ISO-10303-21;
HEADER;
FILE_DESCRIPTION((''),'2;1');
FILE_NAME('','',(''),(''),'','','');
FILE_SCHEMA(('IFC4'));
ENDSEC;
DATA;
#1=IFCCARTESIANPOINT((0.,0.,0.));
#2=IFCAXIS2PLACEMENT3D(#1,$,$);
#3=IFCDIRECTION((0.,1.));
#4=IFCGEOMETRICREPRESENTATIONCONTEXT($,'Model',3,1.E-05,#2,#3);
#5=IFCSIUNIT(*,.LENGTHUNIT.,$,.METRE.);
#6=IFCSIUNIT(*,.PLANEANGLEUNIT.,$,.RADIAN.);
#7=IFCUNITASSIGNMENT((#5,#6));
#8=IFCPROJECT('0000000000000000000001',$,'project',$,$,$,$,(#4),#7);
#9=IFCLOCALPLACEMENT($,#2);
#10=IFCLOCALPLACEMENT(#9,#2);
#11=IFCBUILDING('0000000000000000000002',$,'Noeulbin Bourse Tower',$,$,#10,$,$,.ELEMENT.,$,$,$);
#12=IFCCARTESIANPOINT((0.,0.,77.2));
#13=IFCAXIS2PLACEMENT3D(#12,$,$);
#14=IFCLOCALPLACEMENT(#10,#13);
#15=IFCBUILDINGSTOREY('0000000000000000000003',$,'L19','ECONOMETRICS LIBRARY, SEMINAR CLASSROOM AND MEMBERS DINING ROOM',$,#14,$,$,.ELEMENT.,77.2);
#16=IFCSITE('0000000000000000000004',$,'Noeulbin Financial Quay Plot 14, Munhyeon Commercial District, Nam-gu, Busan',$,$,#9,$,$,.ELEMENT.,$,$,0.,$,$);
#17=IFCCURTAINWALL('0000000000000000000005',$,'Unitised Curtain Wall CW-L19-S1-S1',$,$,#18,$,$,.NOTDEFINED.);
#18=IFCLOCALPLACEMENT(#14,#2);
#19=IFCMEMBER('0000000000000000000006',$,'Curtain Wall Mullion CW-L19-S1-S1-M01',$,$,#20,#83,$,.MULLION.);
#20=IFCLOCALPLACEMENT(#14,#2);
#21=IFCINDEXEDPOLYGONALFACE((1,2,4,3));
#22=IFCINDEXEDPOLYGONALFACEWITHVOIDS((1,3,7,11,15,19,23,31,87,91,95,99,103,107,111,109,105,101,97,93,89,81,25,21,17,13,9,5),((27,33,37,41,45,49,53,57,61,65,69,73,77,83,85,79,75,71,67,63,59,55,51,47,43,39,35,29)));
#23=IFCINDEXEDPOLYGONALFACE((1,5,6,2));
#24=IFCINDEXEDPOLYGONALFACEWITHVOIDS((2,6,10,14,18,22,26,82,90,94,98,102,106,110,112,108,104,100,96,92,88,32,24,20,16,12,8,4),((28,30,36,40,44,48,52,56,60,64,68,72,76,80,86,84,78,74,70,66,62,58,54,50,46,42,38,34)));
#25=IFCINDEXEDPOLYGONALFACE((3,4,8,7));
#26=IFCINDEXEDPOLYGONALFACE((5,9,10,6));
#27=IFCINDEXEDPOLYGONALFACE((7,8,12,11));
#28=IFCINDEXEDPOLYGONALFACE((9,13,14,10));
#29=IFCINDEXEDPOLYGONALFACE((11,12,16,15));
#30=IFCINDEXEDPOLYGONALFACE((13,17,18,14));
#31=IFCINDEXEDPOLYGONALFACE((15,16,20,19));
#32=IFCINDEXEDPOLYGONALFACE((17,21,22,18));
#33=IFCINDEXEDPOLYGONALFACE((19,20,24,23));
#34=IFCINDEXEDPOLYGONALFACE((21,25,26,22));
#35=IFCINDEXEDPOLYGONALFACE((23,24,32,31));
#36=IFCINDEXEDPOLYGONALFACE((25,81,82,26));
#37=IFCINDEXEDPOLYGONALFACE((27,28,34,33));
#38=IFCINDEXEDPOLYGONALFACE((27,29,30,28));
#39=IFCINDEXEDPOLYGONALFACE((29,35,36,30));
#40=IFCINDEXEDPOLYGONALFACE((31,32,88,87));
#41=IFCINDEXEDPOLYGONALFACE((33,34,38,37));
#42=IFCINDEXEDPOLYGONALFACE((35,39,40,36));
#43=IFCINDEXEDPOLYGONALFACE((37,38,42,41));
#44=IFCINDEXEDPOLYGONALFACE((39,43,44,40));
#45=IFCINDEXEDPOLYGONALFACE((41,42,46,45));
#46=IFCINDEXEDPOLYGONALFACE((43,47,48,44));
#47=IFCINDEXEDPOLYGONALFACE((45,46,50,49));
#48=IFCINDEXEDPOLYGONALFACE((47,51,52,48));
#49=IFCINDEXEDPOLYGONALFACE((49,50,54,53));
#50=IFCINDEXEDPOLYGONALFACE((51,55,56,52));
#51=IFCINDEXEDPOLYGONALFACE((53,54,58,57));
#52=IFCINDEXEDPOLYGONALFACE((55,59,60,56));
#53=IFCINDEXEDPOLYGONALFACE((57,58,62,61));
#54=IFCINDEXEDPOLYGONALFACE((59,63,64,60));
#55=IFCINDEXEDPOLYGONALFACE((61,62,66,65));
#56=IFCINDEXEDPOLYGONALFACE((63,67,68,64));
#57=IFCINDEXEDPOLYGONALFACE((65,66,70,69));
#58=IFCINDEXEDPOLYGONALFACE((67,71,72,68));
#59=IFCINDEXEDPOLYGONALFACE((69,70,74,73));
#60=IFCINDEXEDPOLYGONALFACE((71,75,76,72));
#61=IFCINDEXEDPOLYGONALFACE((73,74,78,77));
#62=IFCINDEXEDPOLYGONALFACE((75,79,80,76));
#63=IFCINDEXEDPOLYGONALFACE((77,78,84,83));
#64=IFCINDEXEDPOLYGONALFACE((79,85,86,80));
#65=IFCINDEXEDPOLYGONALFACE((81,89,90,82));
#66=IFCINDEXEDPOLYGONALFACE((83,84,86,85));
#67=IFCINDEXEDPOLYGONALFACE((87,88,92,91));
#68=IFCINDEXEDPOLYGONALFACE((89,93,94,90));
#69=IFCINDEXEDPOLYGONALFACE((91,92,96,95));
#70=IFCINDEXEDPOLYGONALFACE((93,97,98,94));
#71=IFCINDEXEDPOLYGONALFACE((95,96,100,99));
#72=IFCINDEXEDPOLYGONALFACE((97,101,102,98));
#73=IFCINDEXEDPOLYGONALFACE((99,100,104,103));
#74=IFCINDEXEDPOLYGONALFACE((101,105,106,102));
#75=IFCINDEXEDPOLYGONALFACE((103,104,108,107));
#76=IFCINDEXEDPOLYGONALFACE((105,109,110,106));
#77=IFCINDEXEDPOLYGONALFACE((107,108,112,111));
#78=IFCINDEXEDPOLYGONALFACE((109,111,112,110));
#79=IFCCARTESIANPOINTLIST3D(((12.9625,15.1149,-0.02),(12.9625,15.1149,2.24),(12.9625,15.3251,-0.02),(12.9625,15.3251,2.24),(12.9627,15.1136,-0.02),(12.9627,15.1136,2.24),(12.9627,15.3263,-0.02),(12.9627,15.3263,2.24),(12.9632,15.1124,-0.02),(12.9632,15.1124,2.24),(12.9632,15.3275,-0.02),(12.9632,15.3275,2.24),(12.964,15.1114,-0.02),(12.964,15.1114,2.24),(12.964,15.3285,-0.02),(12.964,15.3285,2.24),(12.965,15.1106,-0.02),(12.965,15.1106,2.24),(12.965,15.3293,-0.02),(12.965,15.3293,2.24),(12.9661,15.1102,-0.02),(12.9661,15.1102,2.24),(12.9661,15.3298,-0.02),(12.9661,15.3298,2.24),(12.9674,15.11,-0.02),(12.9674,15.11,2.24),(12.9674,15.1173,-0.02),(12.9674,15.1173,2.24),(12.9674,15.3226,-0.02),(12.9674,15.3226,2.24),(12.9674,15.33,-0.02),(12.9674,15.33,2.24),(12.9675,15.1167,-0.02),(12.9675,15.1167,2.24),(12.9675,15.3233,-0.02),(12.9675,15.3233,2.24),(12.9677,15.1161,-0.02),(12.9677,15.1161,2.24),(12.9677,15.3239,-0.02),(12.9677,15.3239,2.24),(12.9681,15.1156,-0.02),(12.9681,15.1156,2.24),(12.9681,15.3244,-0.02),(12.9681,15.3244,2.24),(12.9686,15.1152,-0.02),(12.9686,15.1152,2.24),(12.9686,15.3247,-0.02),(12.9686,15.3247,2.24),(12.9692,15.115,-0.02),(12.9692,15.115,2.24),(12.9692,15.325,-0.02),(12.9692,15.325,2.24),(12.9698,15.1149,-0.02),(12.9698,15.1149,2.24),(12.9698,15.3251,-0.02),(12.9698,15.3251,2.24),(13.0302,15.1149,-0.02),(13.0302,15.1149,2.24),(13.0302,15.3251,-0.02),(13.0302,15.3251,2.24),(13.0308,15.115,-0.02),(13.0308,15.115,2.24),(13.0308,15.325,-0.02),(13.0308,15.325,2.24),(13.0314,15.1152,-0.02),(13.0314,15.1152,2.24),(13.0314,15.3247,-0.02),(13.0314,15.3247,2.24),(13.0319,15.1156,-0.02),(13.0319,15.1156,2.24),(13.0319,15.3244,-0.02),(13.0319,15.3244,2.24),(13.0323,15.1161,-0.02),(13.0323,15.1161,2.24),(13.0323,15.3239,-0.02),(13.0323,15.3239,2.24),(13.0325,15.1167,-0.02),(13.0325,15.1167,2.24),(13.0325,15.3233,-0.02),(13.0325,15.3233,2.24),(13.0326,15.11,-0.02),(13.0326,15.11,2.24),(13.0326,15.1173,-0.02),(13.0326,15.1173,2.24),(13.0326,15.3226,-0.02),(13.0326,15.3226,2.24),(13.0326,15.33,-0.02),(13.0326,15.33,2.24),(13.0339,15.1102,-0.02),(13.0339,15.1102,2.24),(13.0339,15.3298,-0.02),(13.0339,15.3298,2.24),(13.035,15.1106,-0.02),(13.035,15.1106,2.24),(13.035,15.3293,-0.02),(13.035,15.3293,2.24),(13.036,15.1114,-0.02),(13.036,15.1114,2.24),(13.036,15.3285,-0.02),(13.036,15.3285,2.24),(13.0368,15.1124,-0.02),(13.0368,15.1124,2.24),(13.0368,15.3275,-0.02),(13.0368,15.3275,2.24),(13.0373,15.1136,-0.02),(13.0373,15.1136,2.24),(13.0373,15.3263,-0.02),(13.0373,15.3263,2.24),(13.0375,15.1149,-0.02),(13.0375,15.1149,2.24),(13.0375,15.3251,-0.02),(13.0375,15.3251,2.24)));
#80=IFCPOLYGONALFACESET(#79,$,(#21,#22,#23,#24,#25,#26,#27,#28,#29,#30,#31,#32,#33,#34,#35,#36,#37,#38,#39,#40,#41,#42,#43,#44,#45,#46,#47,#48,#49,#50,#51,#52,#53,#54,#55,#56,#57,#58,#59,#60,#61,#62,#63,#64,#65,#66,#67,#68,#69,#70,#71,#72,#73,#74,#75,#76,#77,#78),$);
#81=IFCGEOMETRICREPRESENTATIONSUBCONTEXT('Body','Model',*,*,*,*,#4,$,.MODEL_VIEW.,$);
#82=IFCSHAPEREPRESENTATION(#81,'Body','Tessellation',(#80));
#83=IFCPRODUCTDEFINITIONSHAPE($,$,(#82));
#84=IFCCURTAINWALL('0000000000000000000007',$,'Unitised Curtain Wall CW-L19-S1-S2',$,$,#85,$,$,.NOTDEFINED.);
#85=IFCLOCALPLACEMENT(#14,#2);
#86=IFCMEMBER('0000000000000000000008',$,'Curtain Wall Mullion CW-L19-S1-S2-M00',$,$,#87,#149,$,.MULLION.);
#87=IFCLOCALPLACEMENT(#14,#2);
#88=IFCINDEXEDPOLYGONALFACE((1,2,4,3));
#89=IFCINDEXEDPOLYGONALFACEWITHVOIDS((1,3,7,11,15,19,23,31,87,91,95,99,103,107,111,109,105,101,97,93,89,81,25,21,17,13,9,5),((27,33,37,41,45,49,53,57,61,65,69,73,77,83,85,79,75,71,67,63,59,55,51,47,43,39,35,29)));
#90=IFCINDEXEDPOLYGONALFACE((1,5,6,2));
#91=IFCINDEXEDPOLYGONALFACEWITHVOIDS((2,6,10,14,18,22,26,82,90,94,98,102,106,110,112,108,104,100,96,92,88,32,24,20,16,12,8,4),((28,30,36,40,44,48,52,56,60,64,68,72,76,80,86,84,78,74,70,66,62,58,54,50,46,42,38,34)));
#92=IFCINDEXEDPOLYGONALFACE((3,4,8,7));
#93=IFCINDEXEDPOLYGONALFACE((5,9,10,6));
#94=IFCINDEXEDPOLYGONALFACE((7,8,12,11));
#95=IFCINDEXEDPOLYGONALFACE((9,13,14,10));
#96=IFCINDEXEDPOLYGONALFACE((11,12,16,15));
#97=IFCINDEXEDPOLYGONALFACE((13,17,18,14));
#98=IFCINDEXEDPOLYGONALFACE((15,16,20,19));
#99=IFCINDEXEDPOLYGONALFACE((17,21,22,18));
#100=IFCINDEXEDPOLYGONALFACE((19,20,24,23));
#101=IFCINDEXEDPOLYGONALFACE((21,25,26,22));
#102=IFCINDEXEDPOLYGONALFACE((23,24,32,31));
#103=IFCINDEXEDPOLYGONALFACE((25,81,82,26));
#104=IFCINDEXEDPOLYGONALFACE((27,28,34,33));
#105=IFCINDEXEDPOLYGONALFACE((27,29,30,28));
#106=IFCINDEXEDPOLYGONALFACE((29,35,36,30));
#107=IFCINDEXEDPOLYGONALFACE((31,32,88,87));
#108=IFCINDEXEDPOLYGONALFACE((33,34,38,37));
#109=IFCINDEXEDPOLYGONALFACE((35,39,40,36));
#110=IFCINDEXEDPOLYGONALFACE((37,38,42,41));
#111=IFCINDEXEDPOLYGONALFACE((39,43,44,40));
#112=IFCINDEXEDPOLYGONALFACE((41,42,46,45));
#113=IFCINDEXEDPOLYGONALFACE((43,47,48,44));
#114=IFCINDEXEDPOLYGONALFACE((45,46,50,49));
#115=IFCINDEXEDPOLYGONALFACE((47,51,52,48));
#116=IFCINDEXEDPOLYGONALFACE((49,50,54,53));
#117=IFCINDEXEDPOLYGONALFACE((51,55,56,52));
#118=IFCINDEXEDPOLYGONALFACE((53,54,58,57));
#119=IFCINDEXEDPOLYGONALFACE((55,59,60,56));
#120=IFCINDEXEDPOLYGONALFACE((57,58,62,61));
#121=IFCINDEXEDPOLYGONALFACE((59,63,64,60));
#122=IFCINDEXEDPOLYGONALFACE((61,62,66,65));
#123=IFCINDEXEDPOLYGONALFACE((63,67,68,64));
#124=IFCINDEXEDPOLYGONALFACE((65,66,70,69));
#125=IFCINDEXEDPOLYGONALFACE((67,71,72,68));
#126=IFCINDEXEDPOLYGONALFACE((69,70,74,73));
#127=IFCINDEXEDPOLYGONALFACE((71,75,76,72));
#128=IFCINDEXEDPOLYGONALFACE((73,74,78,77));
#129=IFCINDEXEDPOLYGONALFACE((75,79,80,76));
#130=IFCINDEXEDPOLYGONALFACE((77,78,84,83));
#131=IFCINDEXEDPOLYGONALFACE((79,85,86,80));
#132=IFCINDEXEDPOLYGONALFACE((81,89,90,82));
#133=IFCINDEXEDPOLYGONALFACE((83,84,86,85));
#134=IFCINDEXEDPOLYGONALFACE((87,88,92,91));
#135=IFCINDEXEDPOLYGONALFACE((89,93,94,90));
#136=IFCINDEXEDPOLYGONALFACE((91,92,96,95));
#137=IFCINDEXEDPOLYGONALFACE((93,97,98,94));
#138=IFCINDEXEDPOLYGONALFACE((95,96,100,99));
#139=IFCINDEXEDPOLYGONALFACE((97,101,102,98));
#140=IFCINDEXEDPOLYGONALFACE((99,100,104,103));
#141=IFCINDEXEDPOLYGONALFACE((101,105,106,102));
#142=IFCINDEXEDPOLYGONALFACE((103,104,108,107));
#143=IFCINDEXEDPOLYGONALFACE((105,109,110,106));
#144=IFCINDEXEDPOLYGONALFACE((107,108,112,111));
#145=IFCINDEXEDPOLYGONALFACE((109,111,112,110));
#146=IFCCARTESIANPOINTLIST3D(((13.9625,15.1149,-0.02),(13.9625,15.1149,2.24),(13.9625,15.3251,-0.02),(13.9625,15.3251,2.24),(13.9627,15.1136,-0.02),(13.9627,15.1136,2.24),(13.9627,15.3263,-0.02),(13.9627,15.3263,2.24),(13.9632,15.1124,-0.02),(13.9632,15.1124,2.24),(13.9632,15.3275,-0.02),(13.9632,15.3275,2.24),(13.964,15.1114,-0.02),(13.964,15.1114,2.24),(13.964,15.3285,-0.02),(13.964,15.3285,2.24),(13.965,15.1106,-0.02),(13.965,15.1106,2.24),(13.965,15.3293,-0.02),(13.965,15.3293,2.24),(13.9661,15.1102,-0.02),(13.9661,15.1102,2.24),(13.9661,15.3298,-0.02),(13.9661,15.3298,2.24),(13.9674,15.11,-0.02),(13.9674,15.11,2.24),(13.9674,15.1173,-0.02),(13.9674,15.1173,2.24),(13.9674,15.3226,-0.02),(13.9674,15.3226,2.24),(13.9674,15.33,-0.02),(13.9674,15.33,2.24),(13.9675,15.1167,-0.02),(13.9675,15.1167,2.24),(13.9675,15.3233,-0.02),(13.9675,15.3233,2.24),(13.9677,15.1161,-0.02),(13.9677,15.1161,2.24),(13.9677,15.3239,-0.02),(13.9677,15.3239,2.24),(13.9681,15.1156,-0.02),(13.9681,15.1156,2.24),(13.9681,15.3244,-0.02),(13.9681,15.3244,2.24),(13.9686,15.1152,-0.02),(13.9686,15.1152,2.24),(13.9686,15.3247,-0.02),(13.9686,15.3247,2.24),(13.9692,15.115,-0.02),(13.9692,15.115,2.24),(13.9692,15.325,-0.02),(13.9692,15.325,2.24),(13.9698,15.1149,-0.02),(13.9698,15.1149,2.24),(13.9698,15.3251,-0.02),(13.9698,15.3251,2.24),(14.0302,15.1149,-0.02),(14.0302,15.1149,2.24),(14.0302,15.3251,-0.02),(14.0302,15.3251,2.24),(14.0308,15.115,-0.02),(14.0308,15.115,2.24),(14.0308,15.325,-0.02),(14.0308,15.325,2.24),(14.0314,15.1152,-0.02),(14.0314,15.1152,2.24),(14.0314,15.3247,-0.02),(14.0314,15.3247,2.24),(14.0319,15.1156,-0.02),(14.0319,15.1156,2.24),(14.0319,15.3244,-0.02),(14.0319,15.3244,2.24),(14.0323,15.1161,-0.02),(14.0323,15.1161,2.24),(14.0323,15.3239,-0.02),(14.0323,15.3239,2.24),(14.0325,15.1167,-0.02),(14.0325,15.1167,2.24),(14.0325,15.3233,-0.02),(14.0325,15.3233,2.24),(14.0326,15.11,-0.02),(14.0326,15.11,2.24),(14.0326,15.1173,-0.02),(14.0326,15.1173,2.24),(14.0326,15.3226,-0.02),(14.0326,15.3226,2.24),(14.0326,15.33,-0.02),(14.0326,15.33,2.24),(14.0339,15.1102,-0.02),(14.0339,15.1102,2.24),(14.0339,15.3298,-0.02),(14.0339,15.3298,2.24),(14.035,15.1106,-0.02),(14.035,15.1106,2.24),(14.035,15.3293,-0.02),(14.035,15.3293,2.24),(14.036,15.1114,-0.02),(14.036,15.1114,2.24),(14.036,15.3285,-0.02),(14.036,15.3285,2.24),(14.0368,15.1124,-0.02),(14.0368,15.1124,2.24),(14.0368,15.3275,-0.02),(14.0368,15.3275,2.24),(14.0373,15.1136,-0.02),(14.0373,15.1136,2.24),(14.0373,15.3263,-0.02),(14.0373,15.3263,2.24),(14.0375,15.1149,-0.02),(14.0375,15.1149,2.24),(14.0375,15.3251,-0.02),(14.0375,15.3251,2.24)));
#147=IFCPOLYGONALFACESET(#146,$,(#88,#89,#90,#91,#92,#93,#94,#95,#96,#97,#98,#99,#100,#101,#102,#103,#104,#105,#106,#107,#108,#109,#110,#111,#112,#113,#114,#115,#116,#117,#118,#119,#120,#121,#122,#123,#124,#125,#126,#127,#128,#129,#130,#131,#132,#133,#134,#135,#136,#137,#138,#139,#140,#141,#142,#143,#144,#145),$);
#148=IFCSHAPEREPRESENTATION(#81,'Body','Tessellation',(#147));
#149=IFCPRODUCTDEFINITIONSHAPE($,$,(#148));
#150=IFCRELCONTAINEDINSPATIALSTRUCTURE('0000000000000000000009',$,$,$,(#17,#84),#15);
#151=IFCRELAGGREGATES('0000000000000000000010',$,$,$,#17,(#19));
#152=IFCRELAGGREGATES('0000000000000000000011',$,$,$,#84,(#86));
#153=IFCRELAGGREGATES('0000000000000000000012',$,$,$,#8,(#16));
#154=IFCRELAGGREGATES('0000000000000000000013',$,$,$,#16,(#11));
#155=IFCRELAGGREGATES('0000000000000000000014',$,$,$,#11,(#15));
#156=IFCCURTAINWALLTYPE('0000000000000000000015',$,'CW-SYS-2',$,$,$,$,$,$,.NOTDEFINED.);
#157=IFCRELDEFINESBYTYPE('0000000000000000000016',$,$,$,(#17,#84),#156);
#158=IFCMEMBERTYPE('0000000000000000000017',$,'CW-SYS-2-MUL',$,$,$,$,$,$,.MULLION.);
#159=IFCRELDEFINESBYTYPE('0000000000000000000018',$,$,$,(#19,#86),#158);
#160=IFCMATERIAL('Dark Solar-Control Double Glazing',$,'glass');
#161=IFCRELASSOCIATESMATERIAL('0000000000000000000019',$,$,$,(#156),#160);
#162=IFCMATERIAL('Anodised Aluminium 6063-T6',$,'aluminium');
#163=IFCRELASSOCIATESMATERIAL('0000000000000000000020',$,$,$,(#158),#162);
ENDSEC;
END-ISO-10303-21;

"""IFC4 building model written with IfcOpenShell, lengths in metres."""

from ifc_helpers import new_model, si_unit, direction, frame, origin, origin_2d, place, context, subcontext, project, spatial, hollow_rectangle, extrude, material, material_profile, profile_set, type_object, element, aggregate, save


model = new_model("IFC4")

# Units and contexts
model_context = context("Model", 3, precision=1e-05, world=origin(), true_north=direction((0.0, 1.0)))
body_context = subcontext(model_context, "Body", "Model", "MODEL_VIEW")
ifc_project = project(units=[si_unit("LENGTHUNIT", "METRE"), si_unit("PLANEANGLEUNIT", "RADIAN")], contexts=[model_context])

# Site, building, storey
site_placement = place(None, origin())
site = spatial("IfcSite", under=ifc_project, at=site_placement, Name="Noeulbin Financial Quay Plot 14, Munhyeon Commercial District, Nam-gu, Busan", CompositionType="ELEMENT", RefElevation=0.0)
building_placement = place(site_placement, origin())
building = spatial("IfcBuilding", under=site, at=building_placement, Name="Noeulbin Bourse Tower", CompositionType="ELEMENT")
storey_placement = place(building_placement, frame((0.0, 0.0, 77.2)))
storey = spatial("IfcBuildingStorey", under=building, at=storey_placement, Name="L19", Description="ECONOMETRICS LIBRARY, SEMINAR CLASSROOM AND MEMBERS DINING ROOM", CompositionType="ELEMENT", Elevation=77.2)

# Curtain walls, members
ifc_material_1 = material(Name="Dark Solar-Control Double Glazing", Category="glass")
curtain_wall_type = type_object("IfcCurtainWallType", Name="CW-SYS-2", PredefinedType="NOTDEFINED", material=ifc_material_1)
curtain_wall_1_placement = place(storey_placement, origin())
curtain_wall_1 = element("IfcCurtainWall", 1, at=curtain_wall_1_placement, inside=storey, type_object=curtain_wall_type, Name="Unitised Curtain Wall CW-L19-S1-S1", PredefinedType="NOTDEFINED")
ifc_material_2 = material(Name="Anodised Aluminium 6063-T6", Category="aluminium")
ifc_material_profile_1 = material_profile(ifc_material_2, hollow_rectangle(XDim=0.075, YDim=0.22, WallThickness=0.0049, InnerFilletRadius=0.0024, OuterFilletRadius=0.0049, at=origin_2d()), Name="ALU-MULL-75x220x5", Category="LoadBearing")
ifc_profile_set_1 = profile_set([ifc_material_profile_1], Name="Anodised Aluminium 6063-T6")
member_type_1 = type_object("IfcMemberType", Name="CW-SYS-2-MUL", PredefinedType="MULLION", material=ifc_profile_set_1)
member_1_placement = place(storey_placement, frame((13.0, 15.22, -0.02), z_axis=(0.0, 0.0, 1.0), x_axis=(1.0, 0.0, 0.0)))
member_1 = element("IfcMember", 2, at=member_1_placement, type_object=member_type_1, Name="Curtain Wall Mullion CW-L19-S1-S1-M01", PredefinedType="MULLION", context=body_context, shape_type="SweptSolid", body=[
    extrude(hollow_rectangle(XDim=0.075, YDim=0.22, WallThickness=0.0049, InnerFilletRadius=0.0024, OuterFilletRadius=0.0049, at=origin_2d()), origin(), (0.0, 0.0, 1.0), 2.26),
])
curtain_wall_2_placement = place(storey_placement, origin())
curtain_wall_2 = element("IfcCurtainWall", 3, at=curtain_wall_2_placement, inside=storey, type_object=curtain_wall_type, Name="Unitised Curtain Wall CW-L19-S1-S2", PredefinedType="NOTDEFINED")
member_2_placement = place(storey_placement, frame((14.0, 15.22, -0.02), z_axis=(0.0, 0.0, 1.0), x_axis=(1.0, 0.0, 0.0)))
member_2 = element("IfcMember", 4, at=member_2_placement, type_object=member_type_1, Name="Curtain Wall Mullion CW-L19-S1-S2-M00", PredefinedType="MULLION", context=body_context, shape_type="SweptSolid", body=[
    extrude(hollow_rectangle(XDim=0.075, YDim=0.22, WallThickness=0.0049, InnerFilletRadius=0.0024, OuterFilletRadius=0.0049, at=origin_2d()), origin(), (0.0, 0.0, 1.0), 2.26),
])

aggregate(curtain_wall_1, [member_1])
aggregate(curtain_wall_2, [member_2])

save(model, "model.ifc")
